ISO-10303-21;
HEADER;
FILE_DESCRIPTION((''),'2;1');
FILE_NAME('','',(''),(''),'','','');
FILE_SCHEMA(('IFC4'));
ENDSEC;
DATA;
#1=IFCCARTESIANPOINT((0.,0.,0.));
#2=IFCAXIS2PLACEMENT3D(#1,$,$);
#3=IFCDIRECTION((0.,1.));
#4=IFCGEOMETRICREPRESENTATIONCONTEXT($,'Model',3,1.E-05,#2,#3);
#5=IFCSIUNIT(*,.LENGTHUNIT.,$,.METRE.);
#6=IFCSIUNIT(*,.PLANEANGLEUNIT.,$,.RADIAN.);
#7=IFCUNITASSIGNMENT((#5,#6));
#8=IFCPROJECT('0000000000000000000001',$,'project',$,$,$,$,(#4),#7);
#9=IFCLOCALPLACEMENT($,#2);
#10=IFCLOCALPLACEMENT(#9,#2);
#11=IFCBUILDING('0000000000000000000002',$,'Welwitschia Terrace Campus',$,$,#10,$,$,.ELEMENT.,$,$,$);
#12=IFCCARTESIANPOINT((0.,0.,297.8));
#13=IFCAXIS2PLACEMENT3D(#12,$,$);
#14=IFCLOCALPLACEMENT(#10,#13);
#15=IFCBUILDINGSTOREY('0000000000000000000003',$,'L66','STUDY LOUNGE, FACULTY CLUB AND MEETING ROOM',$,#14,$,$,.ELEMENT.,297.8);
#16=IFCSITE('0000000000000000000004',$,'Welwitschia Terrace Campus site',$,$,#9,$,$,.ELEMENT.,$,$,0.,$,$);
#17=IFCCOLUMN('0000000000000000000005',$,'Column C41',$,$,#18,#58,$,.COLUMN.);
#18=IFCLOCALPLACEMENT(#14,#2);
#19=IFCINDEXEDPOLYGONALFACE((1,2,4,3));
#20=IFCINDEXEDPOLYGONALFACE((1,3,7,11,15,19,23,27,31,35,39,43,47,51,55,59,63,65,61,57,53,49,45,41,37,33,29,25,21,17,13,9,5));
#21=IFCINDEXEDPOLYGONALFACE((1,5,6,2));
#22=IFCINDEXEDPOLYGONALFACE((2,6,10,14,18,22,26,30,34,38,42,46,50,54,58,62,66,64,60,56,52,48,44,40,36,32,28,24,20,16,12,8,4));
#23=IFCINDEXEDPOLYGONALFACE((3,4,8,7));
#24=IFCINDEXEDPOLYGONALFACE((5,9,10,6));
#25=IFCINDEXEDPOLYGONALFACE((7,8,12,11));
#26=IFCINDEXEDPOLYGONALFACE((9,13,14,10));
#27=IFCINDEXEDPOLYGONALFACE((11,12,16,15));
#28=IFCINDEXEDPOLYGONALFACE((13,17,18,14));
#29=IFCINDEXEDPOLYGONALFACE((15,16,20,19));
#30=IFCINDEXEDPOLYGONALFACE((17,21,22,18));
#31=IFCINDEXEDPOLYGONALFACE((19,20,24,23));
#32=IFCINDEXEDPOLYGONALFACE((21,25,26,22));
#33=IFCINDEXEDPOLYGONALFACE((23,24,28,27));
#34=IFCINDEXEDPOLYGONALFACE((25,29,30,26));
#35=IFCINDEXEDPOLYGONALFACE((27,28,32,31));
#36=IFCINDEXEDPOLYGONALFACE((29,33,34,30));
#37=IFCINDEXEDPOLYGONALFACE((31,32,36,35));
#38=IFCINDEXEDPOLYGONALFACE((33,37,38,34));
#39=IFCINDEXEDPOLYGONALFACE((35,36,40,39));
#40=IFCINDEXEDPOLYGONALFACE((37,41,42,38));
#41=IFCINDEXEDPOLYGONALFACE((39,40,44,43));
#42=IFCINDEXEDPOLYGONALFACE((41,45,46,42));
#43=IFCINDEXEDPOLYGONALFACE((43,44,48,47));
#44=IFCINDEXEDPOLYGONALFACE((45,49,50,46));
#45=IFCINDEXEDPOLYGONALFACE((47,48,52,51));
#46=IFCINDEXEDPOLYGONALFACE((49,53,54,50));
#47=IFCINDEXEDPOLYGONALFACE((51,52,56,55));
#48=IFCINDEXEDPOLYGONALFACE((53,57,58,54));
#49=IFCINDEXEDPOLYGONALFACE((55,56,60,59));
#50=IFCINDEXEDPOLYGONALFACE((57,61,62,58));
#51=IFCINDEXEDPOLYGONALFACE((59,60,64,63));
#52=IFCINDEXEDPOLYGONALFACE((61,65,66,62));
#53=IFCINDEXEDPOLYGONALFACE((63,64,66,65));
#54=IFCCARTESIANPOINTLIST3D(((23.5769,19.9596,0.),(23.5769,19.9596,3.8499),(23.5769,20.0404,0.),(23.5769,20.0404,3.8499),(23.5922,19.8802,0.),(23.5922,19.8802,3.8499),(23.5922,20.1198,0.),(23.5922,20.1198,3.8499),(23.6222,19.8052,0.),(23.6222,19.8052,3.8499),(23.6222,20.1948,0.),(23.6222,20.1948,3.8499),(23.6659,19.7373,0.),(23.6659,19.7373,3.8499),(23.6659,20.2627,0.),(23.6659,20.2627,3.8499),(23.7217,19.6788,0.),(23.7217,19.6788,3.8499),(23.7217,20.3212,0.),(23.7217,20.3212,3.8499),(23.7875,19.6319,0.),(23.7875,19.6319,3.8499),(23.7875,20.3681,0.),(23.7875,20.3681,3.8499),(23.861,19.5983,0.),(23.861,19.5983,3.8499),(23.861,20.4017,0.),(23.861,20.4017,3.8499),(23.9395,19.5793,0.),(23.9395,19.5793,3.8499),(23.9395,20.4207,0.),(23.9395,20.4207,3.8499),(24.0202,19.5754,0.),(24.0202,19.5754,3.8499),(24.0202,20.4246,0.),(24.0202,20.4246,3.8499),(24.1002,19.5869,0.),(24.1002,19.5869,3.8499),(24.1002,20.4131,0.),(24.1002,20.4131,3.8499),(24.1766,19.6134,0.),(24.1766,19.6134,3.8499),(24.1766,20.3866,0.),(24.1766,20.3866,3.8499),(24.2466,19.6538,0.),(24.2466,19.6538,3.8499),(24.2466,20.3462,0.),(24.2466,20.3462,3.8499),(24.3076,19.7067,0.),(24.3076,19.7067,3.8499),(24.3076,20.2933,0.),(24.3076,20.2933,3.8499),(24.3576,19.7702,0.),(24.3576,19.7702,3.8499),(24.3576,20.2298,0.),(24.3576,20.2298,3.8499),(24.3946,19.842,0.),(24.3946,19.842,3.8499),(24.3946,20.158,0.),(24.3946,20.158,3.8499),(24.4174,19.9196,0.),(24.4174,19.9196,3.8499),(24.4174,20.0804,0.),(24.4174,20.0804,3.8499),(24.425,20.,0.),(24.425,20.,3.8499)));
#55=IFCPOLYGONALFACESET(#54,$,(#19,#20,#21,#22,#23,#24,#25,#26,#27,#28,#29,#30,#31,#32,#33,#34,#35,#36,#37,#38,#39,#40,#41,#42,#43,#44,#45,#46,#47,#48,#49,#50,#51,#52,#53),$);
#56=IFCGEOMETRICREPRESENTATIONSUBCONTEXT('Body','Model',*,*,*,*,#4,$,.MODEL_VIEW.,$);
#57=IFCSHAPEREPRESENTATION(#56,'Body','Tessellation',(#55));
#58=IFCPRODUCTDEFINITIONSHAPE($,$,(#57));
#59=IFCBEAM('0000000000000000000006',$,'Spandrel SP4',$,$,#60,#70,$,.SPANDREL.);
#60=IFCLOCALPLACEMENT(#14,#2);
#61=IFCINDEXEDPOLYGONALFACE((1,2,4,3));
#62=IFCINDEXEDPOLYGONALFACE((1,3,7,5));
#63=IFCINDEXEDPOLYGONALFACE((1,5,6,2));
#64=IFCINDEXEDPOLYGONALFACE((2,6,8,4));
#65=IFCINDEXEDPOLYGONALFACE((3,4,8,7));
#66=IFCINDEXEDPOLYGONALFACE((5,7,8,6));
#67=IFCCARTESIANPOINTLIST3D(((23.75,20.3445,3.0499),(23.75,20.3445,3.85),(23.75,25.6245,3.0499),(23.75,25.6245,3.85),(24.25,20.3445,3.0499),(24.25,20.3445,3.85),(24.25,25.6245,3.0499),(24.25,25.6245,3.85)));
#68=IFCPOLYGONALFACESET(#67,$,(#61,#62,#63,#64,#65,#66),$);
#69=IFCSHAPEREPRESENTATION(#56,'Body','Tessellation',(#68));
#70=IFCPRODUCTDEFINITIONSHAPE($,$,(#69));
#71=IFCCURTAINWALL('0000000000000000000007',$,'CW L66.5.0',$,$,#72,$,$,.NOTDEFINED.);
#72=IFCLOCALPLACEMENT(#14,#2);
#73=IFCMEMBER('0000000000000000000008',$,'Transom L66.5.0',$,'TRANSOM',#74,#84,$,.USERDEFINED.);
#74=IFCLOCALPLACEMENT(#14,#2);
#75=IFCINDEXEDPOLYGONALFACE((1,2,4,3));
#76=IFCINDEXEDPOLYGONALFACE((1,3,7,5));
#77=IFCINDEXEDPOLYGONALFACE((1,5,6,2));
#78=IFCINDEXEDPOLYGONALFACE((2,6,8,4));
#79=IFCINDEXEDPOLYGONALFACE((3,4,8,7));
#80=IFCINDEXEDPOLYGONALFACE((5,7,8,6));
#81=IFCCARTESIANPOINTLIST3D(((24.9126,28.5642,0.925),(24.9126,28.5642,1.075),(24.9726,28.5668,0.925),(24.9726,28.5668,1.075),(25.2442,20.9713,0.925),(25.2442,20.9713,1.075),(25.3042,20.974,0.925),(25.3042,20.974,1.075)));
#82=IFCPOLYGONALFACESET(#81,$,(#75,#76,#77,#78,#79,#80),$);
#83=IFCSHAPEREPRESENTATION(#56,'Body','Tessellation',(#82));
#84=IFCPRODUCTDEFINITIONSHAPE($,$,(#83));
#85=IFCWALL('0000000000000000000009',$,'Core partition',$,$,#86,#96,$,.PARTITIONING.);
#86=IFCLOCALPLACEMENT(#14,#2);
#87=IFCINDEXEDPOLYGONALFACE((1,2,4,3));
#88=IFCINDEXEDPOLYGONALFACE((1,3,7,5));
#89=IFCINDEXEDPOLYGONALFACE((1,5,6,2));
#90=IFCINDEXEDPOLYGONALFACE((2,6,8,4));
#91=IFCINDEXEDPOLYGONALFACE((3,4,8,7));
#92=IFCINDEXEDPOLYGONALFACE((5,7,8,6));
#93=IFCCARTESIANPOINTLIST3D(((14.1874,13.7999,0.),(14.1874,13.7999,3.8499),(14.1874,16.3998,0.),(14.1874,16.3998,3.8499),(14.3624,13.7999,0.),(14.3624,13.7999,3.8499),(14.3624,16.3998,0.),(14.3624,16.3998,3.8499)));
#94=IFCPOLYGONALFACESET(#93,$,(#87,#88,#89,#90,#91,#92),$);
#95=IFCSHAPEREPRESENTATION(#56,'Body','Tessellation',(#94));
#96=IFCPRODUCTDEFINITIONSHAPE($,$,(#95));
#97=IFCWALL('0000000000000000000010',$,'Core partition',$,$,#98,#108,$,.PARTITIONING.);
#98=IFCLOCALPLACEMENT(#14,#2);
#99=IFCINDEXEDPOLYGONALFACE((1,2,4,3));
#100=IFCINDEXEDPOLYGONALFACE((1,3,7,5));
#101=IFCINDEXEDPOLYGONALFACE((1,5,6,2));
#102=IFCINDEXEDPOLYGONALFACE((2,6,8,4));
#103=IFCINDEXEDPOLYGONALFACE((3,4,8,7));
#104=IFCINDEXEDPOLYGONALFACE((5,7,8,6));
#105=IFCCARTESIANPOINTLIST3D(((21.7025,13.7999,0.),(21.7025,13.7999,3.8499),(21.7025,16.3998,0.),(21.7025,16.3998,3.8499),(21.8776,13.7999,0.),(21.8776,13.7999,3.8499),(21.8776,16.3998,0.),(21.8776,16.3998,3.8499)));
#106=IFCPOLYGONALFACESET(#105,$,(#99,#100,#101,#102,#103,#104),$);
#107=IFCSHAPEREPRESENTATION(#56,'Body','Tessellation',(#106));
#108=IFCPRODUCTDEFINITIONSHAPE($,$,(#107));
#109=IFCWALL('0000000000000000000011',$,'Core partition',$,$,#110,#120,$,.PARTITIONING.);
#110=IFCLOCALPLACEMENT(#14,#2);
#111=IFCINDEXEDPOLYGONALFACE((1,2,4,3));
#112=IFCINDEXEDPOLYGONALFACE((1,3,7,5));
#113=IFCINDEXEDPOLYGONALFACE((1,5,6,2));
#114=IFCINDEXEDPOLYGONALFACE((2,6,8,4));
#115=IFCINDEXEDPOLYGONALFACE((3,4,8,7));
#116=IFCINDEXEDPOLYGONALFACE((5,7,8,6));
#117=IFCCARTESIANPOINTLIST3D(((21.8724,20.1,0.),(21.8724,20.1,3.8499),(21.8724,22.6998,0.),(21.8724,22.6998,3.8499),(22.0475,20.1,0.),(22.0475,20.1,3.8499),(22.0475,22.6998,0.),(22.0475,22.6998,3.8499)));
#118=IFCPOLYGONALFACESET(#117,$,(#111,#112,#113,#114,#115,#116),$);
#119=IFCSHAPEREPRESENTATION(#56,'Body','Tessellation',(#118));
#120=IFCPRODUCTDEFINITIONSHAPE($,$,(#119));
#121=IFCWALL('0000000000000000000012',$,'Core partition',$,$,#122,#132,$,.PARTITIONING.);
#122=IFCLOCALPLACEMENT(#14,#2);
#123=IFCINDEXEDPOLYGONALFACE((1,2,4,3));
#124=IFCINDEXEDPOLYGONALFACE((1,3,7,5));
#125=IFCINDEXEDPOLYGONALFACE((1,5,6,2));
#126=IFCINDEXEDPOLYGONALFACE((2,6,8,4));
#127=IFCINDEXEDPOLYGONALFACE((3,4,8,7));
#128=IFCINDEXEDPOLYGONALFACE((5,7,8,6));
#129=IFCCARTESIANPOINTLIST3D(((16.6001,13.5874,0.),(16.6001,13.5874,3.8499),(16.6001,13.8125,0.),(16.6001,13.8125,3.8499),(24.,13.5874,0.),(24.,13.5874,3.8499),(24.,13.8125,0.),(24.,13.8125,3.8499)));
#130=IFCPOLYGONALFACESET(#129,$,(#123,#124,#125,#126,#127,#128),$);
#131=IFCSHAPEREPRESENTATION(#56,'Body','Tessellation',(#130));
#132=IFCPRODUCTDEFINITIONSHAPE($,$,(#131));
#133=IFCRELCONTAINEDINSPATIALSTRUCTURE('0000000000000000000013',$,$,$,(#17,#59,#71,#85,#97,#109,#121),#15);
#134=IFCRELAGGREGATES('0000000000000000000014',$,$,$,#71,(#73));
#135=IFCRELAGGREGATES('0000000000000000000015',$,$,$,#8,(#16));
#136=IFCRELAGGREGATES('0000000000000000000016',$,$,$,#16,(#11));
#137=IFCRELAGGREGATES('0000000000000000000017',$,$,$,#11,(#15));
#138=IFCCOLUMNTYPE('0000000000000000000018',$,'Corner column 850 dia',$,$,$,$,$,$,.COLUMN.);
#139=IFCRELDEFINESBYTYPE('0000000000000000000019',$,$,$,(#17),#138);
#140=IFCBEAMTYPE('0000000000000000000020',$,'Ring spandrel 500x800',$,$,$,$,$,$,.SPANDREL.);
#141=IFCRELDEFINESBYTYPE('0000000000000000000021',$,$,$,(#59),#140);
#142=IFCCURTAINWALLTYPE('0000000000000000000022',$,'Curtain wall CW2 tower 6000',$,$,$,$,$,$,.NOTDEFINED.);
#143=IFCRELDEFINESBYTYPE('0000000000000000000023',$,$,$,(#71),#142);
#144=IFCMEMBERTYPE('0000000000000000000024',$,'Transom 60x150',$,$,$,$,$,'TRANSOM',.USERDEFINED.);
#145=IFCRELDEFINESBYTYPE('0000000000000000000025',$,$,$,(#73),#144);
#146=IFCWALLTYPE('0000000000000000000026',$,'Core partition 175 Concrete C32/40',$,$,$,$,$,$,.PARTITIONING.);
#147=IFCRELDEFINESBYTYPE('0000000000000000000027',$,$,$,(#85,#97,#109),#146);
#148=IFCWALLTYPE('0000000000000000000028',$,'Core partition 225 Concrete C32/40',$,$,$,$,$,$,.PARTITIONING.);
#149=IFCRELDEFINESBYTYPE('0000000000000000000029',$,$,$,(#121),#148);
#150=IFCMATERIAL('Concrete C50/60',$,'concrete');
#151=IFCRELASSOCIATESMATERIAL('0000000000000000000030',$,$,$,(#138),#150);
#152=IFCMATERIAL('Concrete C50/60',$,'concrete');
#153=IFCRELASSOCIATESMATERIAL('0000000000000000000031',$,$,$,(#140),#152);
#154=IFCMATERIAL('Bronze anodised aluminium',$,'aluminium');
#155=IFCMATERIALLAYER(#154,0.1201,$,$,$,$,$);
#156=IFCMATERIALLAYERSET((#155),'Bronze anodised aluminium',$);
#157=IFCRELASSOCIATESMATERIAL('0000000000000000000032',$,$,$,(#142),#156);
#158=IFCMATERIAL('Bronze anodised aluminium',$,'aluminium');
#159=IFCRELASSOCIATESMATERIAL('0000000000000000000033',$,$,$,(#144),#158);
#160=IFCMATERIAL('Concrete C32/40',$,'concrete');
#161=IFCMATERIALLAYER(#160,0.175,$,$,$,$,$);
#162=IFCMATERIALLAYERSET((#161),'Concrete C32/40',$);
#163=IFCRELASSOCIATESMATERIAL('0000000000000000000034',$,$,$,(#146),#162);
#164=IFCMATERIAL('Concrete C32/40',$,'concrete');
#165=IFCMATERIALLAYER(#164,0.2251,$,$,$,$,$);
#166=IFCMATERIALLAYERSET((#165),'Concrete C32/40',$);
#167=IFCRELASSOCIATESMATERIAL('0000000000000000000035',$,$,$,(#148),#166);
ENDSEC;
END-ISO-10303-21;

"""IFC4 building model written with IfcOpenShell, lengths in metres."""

from ifc_helpers import new_model, si_unit, direction, frame, frame_2d, origin, origin_2d, place, context, subcontext, project, spatial, rectangle, circle, extrude, material, layer, layer_set, material_profile, profile_set, type_object, element, aggregate, save


model = new_model("IFC4")

# Units and contexts
model_context = context("Model", 3, precision=1e-05, world=origin(), true_north=direction((0.0, 1.0)))
body_context = subcontext(model_context, "Body", "Model", "MODEL_VIEW")
ifc_project = project(units=[si_unit("LENGTHUNIT", "METRE"), si_unit("PLANEANGLEUNIT", "RADIAN")], contexts=[model_context])

# Site, building, storey
site_placement = place(None, origin())
site = spatial("IfcSite", under=ifc_project, at=site_placement, Name="Welwitschia Terrace Campus site", CompositionType="ELEMENT", RefElevation=0.0)
building_placement = place(site_placement, origin())
building = spatial("IfcBuilding", under=site, at=building_placement, Name="Welwitschia Terrace Campus", CompositionType="ELEMENT")
storey_placement = place(building_placement, frame((0.0, 0.0, 297.8)))
storey = spatial("IfcBuildingStorey", under=building, at=storey_placement, Name="L66", Description="STUDY LOUNGE, FACULTY CLUB AND MEETING ROOM", CompositionType="ELEMENT", Elevation=297.8)

# Column
ifc_material_1 = material(Name="Concrete C50/60", Category="concrete")
ifc_material_profile_1 = material_profile(ifc_material_1, circle(Radius=0.425, at=origin_2d()))
ifc_profile_set_1 = profile_set([ifc_material_profile_1], Name="Concrete C50/60")
column_type = type_object("IfcColumnType", Name="Corner column 850 dia", PredefinedType="COLUMN", material=ifc_profile_set_1)
column_placement = place(storey_placement, frame((24.0, 20.0, 0.0), z_axis=(0.0, 0.0, 1.0), x_axis=(1.0, 0.0, 0.0)))
element("IfcColumn", 1, at=column_placement, inside=storey, type_object=column_type, Name="Column C41", PredefinedType="COLUMN", context=body_context, shape_type="SweptSolid", body=[
    extrude(circle(Radius=0.425, at=origin_2d()), origin(), (0.0, 0.0, 1.0), 3.8499),
])

# Beam
ifc_material_2 = material(Name="Concrete C50/60", Category="concrete")
ifc_material_profile_2 = material_profile(ifc_material_2, rectangle(XDim=0.5, YDim=0.8, at=origin_2d()))
ifc_profile_set_2 = profile_set([ifc_material_profile_2], Name="Concrete C50/60")
beam_type = type_object("IfcBeamType", Name="Ring spandrel 500x800", PredefinedType="SPANDREL", material=ifc_profile_set_2)
beam_placement = place(storey_placement, frame((24.0, 20.3445, 3.45), z_axis=(0.0, 1.0, 0.0), x_axis=(-1.0, 0.0, 0.0)))
element("IfcBeam", 2, at=beam_placement, inside=storey, type_object=beam_type, Name="Spandrel SP4", PredefinedType="SPANDREL", context=body_context, shape_type="SweptSolid", body=[
    extrude(rectangle(XDim=0.5, YDim=0.8, at=origin_2d()), origin(), (0.0, 0.0, 1.0), 5.28),
])

# Curtain wall, member
ifc_material_3 = material(Name="Bronze anodised aluminium", Category="aluminium")
ifc_layer_1 = layer(ifc_material_3, 0.1201)
ifc_layer_set_1 = layer_set([ifc_layer_1], Name="Bronze anodised aluminium")
curtain_wall_type = type_object("IfcCurtainWallType", Name="Curtain wall CW2 tower 6000", PredefinedType="NOTDEFINED", material=ifc_layer_set_1)
curtain_wall_placement = place(storey_placement, origin())
curtain_wall = element("IfcCurtainWall", 3, at=curtain_wall_placement, inside=storey, type_object=curtain_wall_type, Name="CW L66.5.0", PredefinedType="NOTDEFINED")
ifc_material_4 = material(Name="Bronze anodised aluminium", Category="aluminium")
ifc_material_profile_3 = material_profile(ifc_material_4, rectangle(XDim=0.0601, YDim=0.1499, at=origin_2d()))
ifc_profile_set_3 = profile_set([ifc_material_profile_3], Name="Bronze anodised aluminium")
member_type = type_object("IfcMemberType", Name="Transom 60x150", ElementType="TRANSOM", PredefinedType="USERDEFINED", material=ifc_profile_set_3)
member_placement = place(storey_placement, frame((25.2742, 20.9727, 1.0), z_axis=(-0.043624, 0.999048, 0.0), x_axis=(-0.999048, -0.043624, 0.0)))
member = element("IfcMember", 4, at=member_placement, type_object=member_type, Name="Transom L66.5.0", ObjectType="TRANSOM", PredefinedType="USERDEFINED", context=body_context, shape_type="SweptSolid", body=[
    extrude(rectangle(XDim=0.0601, YDim=0.1499, at=origin_2d()), origin(), (0.0, 0.0, 1.0), 7.6001),
])
aggregate(curtain_wall, [member])

# Walls
ifc_material_5 = material(Name="Concrete C32/40", Category="concrete")
ifc_layer_2 = layer(ifc_material_5, 0.175)
ifc_layer_set_2 = layer_set([ifc_layer_2], Name="Concrete C32/40")
wall_type_1 = type_object("IfcWallType", Name="Core partition 175 Concrete C32/40", PredefinedType="PARTITIONING", material=ifc_layer_set_2)
for number, where, z_axis, x_axis, name in (
    (5, (14.2749, 13.8, 0.0), (0.0, 0.0, 1.0), (0.0, 1.0, 0.0), "Core partition"),
    (6, (21.79, 13.8, 0.0), (0.0, 0.0, 1.0), (0.0, 1.0, 0.0), "Core partition"),
    (7, (21.96, 20.1001, 0.0), (0.0, 0.0, 1.0), (0.0, 1.0, 0.0), "Core partition"),
):
    element("IfcWall", number, at=place(storey_placement, frame(where, z_axis=z_axis, x_axis=x_axis)), inside=storey, type_object=wall_type_1, Name=name, PredefinedType="PARTITIONING", context=body_context, shape_type="SweptSolid", body=[
        extrude(rectangle(XDim=2.5999, YDim=0.175, at=frame_2d((1.2998, 0.0))), origin(), (0.0, 0.0, 1.0), 3.8499),
    ])
ifc_material_6 = material(Name="Concrete C32/40", Category="concrete")
ifc_layer_3 = layer(ifc_material_6, 0.2251)
ifc_layer_set_3 = layer_set([ifc_layer_3], Name="Concrete C32/40")
wall_type_2 = type_object("IfcWallType", Name="Core partition 225 Concrete C32/40", PredefinedType="PARTITIONING", material=ifc_layer_set_3)
wall_1_placement = place(storey_placement, frame((16.6001, 13.7, 0.0), z_axis=(0.0, 0.0, 1.0), x_axis=(1.0, 0.0, 0.0)))
element("IfcWall", 8, at=wall_1_placement, inside=storey, type_object=wall_type_2, Name="Core partition", PredefinedType="PARTITIONING", context=body_context, shape_type="SweptSolid", body=[
    extrude(rectangle(XDim=7.3999, YDim=0.2251, at=frame_2d((3.7, 0.0))), origin(), (0.0, 0.0, 1.0), 3.8499),
])

save(model, "model.ifc")
